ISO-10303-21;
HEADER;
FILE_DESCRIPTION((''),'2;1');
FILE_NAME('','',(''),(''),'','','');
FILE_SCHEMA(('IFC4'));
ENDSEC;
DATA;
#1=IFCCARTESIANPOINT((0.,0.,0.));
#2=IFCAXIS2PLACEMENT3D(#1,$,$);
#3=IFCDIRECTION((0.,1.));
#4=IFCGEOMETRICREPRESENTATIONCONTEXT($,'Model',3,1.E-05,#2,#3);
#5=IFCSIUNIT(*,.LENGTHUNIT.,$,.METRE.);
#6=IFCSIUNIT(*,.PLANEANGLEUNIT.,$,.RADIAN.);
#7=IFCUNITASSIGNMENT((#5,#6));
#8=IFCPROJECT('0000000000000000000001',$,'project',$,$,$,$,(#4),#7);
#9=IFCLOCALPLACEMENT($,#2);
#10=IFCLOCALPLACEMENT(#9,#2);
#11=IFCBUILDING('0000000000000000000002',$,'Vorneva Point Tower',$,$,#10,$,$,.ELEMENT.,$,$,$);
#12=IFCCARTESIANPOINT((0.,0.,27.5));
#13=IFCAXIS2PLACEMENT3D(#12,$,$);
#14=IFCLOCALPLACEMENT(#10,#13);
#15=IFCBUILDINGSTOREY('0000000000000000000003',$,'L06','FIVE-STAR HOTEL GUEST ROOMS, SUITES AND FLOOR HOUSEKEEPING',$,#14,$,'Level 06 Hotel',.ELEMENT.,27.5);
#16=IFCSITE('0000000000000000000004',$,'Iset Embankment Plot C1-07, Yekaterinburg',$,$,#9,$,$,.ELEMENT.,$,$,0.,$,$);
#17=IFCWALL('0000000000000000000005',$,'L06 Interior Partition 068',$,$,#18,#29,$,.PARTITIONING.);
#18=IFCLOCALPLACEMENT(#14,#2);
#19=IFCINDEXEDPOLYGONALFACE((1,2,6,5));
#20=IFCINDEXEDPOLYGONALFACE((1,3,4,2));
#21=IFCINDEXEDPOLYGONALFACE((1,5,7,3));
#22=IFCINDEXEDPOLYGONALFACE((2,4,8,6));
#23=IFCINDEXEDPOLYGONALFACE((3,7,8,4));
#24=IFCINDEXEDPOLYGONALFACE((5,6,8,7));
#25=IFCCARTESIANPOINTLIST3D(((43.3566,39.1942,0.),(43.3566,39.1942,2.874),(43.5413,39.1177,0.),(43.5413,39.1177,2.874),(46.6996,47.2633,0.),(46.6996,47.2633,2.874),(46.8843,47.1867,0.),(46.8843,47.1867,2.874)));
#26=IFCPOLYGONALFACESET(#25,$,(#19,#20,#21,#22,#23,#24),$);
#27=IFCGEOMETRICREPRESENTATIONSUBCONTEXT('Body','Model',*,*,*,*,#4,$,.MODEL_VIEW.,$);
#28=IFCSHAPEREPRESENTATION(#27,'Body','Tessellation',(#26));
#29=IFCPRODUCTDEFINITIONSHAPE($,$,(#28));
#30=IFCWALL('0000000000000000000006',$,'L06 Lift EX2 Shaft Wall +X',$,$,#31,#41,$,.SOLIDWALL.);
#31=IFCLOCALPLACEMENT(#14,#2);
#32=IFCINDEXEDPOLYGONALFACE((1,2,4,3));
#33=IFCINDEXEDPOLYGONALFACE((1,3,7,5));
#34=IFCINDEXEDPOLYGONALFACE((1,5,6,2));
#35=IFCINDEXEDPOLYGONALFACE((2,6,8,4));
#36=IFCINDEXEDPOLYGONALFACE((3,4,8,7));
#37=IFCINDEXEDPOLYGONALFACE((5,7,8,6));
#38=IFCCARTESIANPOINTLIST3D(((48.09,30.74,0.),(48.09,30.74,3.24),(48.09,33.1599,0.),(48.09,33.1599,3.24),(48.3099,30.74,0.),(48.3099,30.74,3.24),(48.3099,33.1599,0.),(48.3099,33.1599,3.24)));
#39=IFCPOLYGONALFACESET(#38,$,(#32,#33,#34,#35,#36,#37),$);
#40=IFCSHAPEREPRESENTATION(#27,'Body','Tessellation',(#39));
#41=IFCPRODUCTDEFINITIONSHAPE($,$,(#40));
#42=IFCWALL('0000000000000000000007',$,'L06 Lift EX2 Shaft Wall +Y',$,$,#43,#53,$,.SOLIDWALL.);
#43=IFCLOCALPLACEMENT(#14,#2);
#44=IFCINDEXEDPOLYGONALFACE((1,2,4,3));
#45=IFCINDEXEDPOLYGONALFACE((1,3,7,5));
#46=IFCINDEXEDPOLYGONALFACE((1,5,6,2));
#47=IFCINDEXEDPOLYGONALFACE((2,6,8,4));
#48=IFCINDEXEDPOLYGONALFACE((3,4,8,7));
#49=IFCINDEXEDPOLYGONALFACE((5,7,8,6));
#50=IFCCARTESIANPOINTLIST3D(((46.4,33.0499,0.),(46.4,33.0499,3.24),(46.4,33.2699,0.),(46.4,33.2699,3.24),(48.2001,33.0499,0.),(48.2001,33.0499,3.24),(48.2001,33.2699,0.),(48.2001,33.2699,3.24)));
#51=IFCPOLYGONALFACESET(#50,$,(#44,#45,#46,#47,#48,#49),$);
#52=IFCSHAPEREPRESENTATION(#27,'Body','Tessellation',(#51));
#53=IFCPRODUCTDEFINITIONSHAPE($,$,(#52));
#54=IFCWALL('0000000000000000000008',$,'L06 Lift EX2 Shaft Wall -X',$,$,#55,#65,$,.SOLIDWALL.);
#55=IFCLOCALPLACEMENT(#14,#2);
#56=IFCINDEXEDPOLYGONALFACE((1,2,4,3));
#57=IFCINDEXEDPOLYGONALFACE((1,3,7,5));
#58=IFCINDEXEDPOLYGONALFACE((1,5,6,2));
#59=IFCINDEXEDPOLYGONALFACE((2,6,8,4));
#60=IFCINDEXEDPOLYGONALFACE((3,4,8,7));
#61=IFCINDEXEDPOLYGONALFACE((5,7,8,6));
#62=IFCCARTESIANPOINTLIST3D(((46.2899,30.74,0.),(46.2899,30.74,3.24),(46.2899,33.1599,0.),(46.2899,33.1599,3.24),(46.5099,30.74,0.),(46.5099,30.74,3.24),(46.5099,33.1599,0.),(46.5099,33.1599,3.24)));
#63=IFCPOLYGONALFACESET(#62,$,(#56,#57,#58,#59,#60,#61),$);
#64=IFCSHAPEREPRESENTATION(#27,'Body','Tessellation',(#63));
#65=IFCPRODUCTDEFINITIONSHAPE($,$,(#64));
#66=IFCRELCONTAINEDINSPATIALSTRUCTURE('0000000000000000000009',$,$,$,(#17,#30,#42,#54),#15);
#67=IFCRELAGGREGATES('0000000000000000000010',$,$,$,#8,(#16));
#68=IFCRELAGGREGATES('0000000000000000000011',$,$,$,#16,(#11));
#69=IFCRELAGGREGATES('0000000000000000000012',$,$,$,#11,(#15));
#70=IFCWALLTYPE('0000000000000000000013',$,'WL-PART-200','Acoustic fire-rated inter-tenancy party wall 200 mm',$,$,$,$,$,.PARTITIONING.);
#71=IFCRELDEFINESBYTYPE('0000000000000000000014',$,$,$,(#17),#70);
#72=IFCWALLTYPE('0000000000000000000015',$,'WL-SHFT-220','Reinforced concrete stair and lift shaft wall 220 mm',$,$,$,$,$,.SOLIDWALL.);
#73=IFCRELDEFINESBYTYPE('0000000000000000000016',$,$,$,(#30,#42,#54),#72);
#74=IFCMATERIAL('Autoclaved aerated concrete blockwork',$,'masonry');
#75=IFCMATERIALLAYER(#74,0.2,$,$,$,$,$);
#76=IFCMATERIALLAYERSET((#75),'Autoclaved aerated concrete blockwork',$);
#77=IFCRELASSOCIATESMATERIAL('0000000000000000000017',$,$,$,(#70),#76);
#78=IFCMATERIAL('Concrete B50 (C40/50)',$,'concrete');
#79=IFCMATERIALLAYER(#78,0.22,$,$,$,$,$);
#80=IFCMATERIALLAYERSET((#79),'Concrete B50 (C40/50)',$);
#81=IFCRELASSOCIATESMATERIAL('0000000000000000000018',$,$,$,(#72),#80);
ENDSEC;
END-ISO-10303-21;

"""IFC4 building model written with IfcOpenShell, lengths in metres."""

from ifc_helpers import new_model, si_unit, direction, frame, frame_2d, origin, place, context, subcontext, project, spatial, rectangle, extrude, material, layer, layer_set, type_object, element, save


model = new_model("IFC4")

# Units and contexts
model_context = context("Model", 3, precision=1e-05, world=origin(), true_north=direction((0.0, 1.0)))
body_context = subcontext(model_context, "Body", "Model", "MODEL_VIEW")
ifc_project = project(units=[si_unit("LENGTHUNIT", "METRE"), si_unit("PLANEANGLEUNIT", "RADIAN")], contexts=[model_context])

# Site, building, storey
site_placement = place(None, origin())
site = spatial("IfcSite", under=ifc_project, at=site_placement, Name="Iset Embankment Plot C1-07, Yekaterinburg", CompositionType="ELEMENT", RefElevation=0.0)
building_placement = place(site_placement, origin())
building = spatial("IfcBuilding", under=site, at=building_placement, Name="Vorneva Point Tower", CompositionType="ELEMENT")
storey_placement = place(building_placement, frame((0.0, 0.0, 27.5)))
storey = spatial("IfcBuildingStorey", under=building, at=storey_placement, Name="L06", Description="FIVE-STAR HOTEL GUEST ROOMS, SUITES AND FLOOR HOUSEKEEPING", LongName="Level 06 Hotel", CompositionType="ELEMENT", Elevation=27.5)

# Shared definitions
ifc_material_1 = material(Name="Autoclaved aerated concrete blockwork", Category="masonry")

# Walls
ifc_layer_1 = layer(ifc_material_1, 0.2)
ifc_layer_set_1 = layer_set([ifc_layer_1], Name="Autoclaved aerated concrete blockwork")
wall_type_1 = type_object("IfcWallType", Name="WL-PART-200", Description="Acoustic fire-rated inter-tenancy party wall 200 mm", PredefinedType="PARTITIONING", material=ifc_layer_set_1)
wall_1_placement = place(storey_placement, frame((46.792, 47.2251, 0.0), z_axis=(0.0, 0.0, 1.0), x_axis=(-0.382751, -0.923852, 0.0)))
element("IfcWall", 1, at=wall_1_placement, inside=storey, type_object=wall_type_1, Name="L06 Interior Partition 068", PredefinedType="PARTITIONING", context=body_context, shape_type="SweptSolid", body=[
    extrude(rectangle(XDim=8.7341, YDim=0.2, at=frame_2d((4.3672, 0.0))), origin(), (0.0, 0.0, 1.0), 2.874),
])
ifc_material_2 = material(Name="Concrete B50 (C40/50)", Category="concrete")
ifc_layer_2 = layer(ifc_material_2, 0.22)
ifc_layer_set_2 = layer_set([ifc_layer_2], Name="Concrete B50 (C40/50)")
wall_type_2 = type_object("IfcWallType", Name="WL-SHFT-220", Description="Reinforced concrete stair and lift shaft wall 220 mm", PredefinedType="SOLIDWALL", material=ifc_layer_set_2)
wall_2_placement = place(storey_placement, frame((48.2, 30.74, 0.0), z_axis=(0.0, 0.0, 1.0), x_axis=(0.0, 1.0, 0.0)))
element("IfcWall", 2, at=wall_2_placement, inside=storey, type_object=wall_type_2, Name="L06 Lift EX2 Shaft Wall +X", PredefinedType="SOLIDWALL", context=body_context, shape_type="SweptSolid", body=[
    extrude(rectangle(XDim=2.4199, YDim=0.22, at=frame_2d((1.21, 0.0))), origin(), (0.0, 0.0, 1.0), 3.24),
])
wall_3_placement = place(storey_placement, frame((48.2, 33.1599, 0.0), z_axis=(0.0, 0.0, 1.0), x_axis=(-1.0, 0.0, 0.0)))
element("IfcWall", 3, at=wall_3_placement, inside=storey, type_object=wall_type_2, Name="L06 Lift EX2 Shaft Wall +Y", PredefinedType="SOLIDWALL", context=body_context, shape_type="SweptSolid", body=[
    extrude(rectangle(XDim=1.8, YDim=0.22, at=frame_2d((0.8999, 0.0))), origin(), (0.0, 0.0, 1.0), 3.24),
])
wall_4_placement = place(storey_placement, frame((46.3999, 33.1599, 0.0), z_axis=(0.0, 0.0, 1.0), x_axis=(0.0, -1.0, 0.0)))
element("IfcWall", 4, at=wall_4_placement, inside=storey, type_object=wall_type_2, Name="L06 Lift EX2 Shaft Wall -X", PredefinedType="SOLIDWALL", context=body_context, shape_type="SweptSolid", body=[
    extrude(rectangle(XDim=2.4199, YDim=0.22, at=frame_2d((1.21, 0.0))), origin(), (0.0, 0.0, 1.0), 3.24),
])

save(model, "model.ifc")
